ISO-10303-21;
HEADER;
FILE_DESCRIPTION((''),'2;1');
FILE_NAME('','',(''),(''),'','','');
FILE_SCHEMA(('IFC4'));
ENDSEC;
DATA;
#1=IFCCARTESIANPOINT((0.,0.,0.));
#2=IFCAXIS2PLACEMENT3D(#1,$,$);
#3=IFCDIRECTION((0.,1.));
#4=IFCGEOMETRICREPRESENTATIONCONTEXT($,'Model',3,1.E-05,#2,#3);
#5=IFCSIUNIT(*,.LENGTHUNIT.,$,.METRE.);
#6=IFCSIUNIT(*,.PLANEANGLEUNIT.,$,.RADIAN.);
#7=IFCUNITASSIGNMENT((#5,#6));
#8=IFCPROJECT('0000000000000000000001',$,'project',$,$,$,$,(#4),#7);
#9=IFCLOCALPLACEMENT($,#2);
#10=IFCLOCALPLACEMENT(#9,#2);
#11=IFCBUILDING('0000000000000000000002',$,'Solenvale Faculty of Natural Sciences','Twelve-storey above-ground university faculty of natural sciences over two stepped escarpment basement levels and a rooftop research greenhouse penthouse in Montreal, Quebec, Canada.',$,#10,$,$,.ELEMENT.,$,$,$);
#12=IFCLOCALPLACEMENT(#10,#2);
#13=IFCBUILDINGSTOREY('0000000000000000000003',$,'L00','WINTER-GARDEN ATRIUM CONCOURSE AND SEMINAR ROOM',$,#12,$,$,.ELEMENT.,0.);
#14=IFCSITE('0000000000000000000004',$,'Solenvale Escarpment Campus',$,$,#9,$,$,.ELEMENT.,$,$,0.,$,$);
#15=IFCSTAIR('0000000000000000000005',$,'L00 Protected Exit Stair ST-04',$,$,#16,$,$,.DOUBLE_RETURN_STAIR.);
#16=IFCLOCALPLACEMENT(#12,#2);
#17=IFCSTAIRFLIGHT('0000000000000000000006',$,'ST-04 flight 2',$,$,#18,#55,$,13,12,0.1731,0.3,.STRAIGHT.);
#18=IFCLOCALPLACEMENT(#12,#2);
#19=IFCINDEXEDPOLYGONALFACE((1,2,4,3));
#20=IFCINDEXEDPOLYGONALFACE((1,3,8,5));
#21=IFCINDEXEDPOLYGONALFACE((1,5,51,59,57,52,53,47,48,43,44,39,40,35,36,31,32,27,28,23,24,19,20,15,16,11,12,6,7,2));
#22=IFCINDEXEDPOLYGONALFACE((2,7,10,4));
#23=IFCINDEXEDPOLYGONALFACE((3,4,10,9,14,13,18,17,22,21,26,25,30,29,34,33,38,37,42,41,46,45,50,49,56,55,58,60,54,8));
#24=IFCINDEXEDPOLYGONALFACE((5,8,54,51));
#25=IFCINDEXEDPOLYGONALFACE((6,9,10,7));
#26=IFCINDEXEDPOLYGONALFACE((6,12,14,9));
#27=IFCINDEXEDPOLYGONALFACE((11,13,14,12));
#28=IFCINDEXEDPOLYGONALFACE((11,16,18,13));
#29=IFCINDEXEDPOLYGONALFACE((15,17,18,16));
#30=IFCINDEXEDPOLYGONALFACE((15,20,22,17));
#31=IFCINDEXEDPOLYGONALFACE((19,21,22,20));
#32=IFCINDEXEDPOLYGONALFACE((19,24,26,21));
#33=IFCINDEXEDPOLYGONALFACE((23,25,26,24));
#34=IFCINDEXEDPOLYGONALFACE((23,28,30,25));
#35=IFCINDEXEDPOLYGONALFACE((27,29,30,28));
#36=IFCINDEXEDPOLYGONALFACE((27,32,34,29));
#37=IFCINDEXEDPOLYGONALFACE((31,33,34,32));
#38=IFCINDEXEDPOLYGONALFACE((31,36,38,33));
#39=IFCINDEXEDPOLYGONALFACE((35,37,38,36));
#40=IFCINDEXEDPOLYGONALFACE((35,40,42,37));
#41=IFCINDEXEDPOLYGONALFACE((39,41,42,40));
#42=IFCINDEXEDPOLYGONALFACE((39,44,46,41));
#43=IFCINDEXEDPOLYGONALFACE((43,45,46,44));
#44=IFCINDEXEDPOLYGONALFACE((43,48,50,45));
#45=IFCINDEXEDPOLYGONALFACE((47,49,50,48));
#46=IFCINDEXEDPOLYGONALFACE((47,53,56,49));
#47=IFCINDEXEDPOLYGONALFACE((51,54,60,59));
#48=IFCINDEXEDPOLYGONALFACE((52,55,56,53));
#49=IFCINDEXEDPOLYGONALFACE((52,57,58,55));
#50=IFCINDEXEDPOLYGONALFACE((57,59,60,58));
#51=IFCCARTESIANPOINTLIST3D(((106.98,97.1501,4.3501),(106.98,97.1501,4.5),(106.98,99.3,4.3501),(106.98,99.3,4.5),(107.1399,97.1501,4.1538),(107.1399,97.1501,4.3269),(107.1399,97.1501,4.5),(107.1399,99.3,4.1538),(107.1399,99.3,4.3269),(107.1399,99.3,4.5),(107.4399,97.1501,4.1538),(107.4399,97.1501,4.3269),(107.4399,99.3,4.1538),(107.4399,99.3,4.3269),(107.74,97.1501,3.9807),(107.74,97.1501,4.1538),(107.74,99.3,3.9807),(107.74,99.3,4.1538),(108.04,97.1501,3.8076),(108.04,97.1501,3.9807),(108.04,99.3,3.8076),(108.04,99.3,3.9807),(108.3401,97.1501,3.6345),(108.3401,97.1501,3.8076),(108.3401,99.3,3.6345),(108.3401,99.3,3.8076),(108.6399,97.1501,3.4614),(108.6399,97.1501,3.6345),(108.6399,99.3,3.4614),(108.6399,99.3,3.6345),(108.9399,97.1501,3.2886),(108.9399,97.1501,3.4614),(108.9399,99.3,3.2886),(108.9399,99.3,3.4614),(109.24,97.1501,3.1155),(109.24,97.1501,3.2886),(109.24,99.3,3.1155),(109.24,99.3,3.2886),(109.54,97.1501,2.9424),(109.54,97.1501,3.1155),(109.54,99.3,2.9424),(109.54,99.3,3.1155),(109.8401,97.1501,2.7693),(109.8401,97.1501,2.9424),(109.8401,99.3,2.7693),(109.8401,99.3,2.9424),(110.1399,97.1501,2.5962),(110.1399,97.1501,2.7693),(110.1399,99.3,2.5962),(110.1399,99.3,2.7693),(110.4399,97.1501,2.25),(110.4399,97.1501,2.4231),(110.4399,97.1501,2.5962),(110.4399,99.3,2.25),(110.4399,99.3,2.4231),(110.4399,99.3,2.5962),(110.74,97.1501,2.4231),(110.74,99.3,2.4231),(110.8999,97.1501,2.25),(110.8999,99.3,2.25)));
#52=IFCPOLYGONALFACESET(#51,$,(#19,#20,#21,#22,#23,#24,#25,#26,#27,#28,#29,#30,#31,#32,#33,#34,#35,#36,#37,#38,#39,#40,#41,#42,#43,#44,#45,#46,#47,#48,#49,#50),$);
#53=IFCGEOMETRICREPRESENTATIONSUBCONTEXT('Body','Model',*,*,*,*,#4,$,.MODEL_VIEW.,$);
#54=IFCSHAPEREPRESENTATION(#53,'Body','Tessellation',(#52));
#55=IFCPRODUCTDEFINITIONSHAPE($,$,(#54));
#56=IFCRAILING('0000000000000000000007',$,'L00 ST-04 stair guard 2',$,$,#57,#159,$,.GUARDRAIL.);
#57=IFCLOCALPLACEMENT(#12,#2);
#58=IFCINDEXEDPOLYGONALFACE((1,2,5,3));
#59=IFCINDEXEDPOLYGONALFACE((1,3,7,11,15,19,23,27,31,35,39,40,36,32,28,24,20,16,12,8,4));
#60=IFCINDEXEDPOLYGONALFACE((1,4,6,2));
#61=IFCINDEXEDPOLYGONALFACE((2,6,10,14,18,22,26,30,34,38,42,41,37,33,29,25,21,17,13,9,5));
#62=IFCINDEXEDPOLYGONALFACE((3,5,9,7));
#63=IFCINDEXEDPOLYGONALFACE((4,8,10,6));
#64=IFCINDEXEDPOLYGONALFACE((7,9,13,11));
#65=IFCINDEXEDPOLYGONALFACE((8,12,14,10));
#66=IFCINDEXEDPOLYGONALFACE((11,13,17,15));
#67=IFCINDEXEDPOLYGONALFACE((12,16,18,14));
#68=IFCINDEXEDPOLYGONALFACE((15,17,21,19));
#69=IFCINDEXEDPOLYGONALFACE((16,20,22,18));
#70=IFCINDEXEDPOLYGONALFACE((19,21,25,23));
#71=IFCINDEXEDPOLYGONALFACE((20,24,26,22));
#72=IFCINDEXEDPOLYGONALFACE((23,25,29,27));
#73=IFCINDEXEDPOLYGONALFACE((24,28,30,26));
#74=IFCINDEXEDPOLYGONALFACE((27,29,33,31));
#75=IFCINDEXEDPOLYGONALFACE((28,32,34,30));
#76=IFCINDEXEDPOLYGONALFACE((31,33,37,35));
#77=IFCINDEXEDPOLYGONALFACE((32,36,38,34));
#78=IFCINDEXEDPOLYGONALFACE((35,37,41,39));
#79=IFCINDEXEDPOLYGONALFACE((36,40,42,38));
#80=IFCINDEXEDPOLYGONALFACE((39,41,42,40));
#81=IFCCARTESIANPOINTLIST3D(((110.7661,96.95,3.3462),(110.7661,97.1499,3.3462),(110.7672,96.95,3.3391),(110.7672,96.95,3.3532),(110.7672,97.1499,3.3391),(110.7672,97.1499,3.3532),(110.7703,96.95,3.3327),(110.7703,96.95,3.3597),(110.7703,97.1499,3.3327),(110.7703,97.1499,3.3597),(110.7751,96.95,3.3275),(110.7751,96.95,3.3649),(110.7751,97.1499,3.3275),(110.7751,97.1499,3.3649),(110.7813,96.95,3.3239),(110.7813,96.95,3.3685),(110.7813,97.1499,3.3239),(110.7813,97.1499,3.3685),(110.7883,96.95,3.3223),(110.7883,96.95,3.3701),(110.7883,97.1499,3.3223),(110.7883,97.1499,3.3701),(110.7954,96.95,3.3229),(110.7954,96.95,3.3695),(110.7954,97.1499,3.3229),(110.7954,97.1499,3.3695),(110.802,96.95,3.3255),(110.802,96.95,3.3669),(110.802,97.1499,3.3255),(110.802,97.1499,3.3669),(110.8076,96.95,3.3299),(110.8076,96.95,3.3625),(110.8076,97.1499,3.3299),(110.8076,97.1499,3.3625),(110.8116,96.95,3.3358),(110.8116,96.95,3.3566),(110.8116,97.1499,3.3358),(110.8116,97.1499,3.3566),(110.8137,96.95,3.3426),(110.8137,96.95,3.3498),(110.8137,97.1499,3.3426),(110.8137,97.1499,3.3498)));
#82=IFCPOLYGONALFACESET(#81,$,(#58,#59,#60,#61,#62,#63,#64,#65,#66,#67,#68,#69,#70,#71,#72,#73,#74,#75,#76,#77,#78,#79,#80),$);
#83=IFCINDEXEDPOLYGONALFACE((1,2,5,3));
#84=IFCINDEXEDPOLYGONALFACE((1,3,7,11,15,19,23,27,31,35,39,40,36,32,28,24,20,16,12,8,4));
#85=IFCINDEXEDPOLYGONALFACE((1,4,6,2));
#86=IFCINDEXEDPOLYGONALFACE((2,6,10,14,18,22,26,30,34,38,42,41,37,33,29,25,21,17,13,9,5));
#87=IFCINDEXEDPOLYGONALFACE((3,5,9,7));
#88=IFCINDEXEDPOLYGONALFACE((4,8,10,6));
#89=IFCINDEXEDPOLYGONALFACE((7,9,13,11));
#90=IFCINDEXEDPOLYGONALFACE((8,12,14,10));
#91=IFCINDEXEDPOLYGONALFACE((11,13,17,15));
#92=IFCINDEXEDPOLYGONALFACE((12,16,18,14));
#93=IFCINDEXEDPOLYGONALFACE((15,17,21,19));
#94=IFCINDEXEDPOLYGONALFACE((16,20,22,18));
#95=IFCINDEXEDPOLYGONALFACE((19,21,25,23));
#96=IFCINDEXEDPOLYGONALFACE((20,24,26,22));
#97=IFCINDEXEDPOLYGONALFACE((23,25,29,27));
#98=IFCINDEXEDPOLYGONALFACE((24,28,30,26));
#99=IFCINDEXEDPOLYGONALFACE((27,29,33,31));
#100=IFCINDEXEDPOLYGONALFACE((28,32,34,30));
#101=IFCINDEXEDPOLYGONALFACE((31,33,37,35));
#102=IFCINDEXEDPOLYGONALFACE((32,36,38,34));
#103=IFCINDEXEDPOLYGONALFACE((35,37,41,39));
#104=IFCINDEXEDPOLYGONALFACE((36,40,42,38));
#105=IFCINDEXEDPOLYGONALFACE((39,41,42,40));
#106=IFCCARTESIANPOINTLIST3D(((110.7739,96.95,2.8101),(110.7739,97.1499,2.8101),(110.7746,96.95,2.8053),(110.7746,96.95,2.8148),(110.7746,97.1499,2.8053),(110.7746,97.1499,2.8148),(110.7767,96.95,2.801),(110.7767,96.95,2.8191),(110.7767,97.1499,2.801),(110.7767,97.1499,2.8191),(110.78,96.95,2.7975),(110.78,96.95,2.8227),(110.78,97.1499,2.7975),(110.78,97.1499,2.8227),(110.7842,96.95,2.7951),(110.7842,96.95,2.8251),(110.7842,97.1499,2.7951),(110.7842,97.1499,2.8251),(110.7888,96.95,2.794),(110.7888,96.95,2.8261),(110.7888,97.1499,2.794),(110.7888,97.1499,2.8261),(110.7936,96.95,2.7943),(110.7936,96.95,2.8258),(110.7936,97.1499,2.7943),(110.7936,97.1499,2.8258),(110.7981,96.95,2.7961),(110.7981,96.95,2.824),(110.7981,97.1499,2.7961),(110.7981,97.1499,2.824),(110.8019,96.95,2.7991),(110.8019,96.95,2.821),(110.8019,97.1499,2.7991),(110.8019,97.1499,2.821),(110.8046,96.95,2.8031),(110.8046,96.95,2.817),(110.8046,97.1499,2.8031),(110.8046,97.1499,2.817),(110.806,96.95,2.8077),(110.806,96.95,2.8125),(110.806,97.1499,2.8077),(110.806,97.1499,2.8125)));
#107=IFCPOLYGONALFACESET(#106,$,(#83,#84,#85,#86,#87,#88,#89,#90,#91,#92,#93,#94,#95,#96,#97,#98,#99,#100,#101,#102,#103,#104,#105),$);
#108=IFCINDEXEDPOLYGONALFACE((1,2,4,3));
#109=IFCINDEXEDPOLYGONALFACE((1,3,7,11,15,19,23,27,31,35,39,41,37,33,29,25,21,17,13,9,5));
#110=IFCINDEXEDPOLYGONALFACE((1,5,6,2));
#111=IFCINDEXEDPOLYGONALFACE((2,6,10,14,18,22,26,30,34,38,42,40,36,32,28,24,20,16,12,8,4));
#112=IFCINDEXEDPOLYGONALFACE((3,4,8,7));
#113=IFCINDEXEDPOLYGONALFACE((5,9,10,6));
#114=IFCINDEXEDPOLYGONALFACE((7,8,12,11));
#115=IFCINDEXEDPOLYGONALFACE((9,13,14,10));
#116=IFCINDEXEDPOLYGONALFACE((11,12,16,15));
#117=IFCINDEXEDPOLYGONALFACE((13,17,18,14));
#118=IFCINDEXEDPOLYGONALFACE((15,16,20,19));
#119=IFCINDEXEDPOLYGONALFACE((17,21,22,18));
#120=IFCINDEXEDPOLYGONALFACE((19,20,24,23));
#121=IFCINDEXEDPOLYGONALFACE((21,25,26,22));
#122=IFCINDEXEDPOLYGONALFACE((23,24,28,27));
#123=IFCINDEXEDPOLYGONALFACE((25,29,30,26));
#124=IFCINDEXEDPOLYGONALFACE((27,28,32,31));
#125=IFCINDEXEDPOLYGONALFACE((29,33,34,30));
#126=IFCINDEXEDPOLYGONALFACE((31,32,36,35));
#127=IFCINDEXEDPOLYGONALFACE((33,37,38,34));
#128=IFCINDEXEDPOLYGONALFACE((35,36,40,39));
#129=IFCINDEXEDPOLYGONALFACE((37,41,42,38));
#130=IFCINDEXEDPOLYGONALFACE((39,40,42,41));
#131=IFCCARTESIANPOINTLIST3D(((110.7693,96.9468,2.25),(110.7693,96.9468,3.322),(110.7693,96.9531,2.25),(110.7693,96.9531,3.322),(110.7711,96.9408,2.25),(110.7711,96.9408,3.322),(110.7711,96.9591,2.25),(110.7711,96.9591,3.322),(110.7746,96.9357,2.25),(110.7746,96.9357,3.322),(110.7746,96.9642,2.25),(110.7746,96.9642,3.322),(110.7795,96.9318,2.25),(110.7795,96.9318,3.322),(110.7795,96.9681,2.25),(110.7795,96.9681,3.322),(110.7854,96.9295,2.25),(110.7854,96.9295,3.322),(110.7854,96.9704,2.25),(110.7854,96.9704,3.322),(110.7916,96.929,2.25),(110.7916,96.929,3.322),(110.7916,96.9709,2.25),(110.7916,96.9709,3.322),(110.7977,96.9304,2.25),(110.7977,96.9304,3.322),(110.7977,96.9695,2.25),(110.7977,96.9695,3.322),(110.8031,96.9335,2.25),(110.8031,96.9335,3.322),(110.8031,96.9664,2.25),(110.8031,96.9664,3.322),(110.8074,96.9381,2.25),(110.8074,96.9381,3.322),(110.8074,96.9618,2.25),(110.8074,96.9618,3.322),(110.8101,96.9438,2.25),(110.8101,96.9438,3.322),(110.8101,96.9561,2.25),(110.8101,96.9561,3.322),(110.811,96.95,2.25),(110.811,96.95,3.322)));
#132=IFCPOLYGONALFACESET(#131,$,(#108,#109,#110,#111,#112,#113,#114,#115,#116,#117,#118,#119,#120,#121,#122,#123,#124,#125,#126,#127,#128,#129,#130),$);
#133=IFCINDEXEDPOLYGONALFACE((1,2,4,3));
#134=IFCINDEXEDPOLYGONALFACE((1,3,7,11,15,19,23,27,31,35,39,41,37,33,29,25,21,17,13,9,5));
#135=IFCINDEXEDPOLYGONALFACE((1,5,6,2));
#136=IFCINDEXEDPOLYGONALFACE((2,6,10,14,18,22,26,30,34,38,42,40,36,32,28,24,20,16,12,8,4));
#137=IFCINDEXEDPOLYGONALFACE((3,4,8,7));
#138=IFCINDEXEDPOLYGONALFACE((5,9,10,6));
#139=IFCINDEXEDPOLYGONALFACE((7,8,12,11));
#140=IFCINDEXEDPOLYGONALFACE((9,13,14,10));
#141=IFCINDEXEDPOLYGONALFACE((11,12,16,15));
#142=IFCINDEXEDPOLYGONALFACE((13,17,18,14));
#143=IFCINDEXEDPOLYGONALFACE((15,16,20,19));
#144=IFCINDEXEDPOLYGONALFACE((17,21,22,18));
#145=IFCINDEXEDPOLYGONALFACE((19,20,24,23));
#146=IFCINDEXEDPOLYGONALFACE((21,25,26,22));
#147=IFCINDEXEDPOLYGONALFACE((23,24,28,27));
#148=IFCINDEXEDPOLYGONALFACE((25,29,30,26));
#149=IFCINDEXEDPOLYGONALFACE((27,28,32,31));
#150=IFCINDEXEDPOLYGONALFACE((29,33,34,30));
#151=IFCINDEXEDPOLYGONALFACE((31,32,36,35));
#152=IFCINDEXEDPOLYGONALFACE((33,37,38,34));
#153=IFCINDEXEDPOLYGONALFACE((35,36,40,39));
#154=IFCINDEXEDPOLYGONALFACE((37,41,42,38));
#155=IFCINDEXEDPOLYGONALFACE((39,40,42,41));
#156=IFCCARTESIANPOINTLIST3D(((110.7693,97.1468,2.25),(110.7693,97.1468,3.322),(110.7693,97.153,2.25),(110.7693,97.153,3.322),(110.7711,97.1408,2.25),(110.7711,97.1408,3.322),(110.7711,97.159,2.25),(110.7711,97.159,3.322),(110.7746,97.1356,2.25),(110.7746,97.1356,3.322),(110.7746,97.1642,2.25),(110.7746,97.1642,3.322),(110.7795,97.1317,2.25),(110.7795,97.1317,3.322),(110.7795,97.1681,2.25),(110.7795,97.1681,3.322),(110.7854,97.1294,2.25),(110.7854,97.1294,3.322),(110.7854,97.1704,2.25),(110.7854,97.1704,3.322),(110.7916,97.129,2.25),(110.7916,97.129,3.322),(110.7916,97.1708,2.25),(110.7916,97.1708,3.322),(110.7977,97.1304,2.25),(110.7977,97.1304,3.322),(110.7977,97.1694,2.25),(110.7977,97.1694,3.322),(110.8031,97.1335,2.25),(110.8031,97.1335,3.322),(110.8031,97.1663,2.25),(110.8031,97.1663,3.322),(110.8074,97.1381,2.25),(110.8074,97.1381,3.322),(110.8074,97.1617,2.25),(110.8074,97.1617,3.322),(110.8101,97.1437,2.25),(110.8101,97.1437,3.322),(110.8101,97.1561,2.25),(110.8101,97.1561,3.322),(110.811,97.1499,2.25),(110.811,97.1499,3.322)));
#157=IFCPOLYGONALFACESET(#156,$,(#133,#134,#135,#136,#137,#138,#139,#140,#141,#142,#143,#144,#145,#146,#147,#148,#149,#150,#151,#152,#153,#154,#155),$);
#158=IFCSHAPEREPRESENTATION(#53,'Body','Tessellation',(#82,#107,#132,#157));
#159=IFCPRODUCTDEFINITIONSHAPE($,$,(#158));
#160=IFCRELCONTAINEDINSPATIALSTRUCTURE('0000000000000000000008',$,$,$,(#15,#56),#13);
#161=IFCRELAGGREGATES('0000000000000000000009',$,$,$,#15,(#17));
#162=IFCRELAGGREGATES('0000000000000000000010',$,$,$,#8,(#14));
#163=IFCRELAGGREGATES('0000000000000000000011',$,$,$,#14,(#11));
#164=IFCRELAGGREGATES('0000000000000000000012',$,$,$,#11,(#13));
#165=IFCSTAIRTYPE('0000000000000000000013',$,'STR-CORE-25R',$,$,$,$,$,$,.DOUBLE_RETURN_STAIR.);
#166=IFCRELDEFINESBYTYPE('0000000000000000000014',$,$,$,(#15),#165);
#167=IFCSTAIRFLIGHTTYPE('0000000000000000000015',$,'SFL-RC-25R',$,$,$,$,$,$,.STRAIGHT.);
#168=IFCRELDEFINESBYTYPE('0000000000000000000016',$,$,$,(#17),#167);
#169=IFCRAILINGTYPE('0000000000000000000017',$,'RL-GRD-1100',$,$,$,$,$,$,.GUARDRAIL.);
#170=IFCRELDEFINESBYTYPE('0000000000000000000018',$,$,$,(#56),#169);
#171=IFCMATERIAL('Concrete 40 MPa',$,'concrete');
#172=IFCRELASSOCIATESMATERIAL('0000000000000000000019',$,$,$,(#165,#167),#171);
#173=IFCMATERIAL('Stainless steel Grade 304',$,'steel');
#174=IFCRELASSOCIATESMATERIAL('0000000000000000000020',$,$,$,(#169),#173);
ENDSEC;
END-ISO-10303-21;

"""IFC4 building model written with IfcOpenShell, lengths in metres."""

from ifc_helpers import new_model, si_unit, direction, frame, origin, origin_2d, place, context, subcontext, project, spatial, polyline, circle, outline, extrude, material, type_object, element, aggregate, save


model = new_model("IFC4")

# Units and contexts
model_context = context("Model", 3, precision=1e-05, world=origin(), true_north=direction((0.0, 1.0)))
body_context = subcontext(model_context, "Body", "Model", "MODEL_VIEW")
ifc_project = project(units=[si_unit("LENGTHUNIT", "METRE"), si_unit("PLANEANGLEUNIT", "RADIAN")], contexts=[model_context])

# Site, building, storey
site_placement = place(None, origin())
site = spatial("IfcSite", under=ifc_project, at=site_placement, Name="Solenvale Escarpment Campus", CompositionType="ELEMENT", RefElevation=0.0)
building_placement = place(site_placement, origin())
building = spatial("IfcBuilding", under=site, at=building_placement, Name="Solenvale Faculty of Natural Sciences", Description="Twelve-storey above-ground university faculty of natural sciences over two stepped escarpment basement levels and a rooftop research greenhouse penthouse in Montreal, Quebec, Canada.", CompositionType="ELEMENT")
storey_placement = place(building_placement, origin())
storey = spatial("IfcBuildingStorey", under=building, at=storey_placement, Name="L00", Description="WINTER-GARDEN ATRIUM CONCOURSE AND SEMINAR ROOM", CompositionType="ELEMENT", Elevation=0.0)

# Shared definitions
ifc_material_1 = material(Name="Concrete 40 MPa", Category="concrete")

# Stair, stair flight
stair_type = type_object("IfcStairType", Name="STR-CORE-25R", PredefinedType="DOUBLE_RETURN_STAIR", material=ifc_material_1)
stair_placement = place(storey_placement, origin())
stair = element("IfcStair", 1, at=stair_placement, inside=storey, type_object=stair_type, Name="L00 Protected Exit Stair ST-04", PredefinedType="DOUBLE_RETURN_STAIR")
stair_flight_type = type_object("IfcStairFlightType", Name="SFL-RC-25R", PredefinedType="STRAIGHT", material=ifc_material_1)
stair_flight_placement = place(storey_placement, frame((110.74, 98.2251, 2.25), z_axis=(0.0, 0.0, 1.0), x_axis=(-1.0, 0.0, 0.0)))
stair_flight = element("IfcStairFlight", 2, at=stair_flight_placement, type_object=stair_flight_type, Name="ST-04 flight 2", NumberOfRisers=13, NumberOfTreads=12, PredefinedType="STRAIGHT", RiserHeight=0.1731, TreadLength=0.3, context=body_context, shape_type="SweptSolid", body=[
    extrude(outline(polyline([(-0.1599, 0.0), (0.0, 0.1731), (0.3, 0.1731), (0.3, 0.3462), (0.6001, 0.3462), (0.6001, 0.5193), (0.8999, 0.5193), (0.8999, 0.6924), (1.2, 0.6924), (1.2, 0.8655), (1.5, 0.8655), (1.5, 1.0386), (1.8, 1.0386), (1.8, 1.2114), (2.1001, 1.2114), (2.1001, 1.3845), (2.3999, 1.3845), (2.3999, 1.5576), (2.7, 1.5576), (2.7, 1.7307), (3.0, 1.7307), (3.0, 1.9038), (3.3, 1.9038), (3.3, 2.0769), (3.6001, 2.0769), (3.6001, 2.25), (3.76, 2.25), (3.76, 2.1001), (3.6001, 1.9038), (0.3, 0.0), (-0.1599, 0.0)])), frame((0.0, 1.075, 0.0), z_axis=(0.0, -1.0, 0.0), x_axis=(1.0, 0.0, 0.0)), (0.0, 0.0, 1.0), 2.1499),
])
aggregate(stair, [stair_flight])

# Railing
ifc_material_2 = material(Name="Stainless steel Grade 304", Category="steel")
railing_type_1 = type_object("IfcRailingType", Name="RL-GRD-1100", PredefinedType="GUARDRAIL", material=ifc_material_2)
railing_1_placement = place(storey_placement, frame((110.79, 96.95, 2.25)))
element("IfcRailing", 3, at=railing_1_placement, inside=storey, type_object=railing_type_1, Name="L00 ST-04 stair guard 2", PredefinedType="GUARDRAIL", context=body_context, shape_type="SweptSolid", body=[
    extrude(circle(Radius=0.0239, at=origin_2d()), frame((0.0, 0.0, 1.0962), z_axis=(0.0, 1.0, 0.0), x_axis=(-1.0, 0.0, 0.0)), (0.0, 0.0, 1.0), 0.2),
    extrude(circle(Radius=0.0161, at=origin_2d()), frame((0.0, 0.0, 0.5601), z_axis=(0.0, 1.0, 0.0), x_axis=(-1.0, 0.0, 0.0)), (0.0, 0.0, 1.0), 0.2),
    extrude(circle(Radius=0.021, at=origin_2d()), origin(), (0.0, 0.0, 1.0), 1.072),
    extrude(circle(Radius=0.021, at=origin_2d()), frame((0.0, 0.2, 0.0)), (0.0, 0.0, 1.0), 1.072),
])

save(model, "model.ifc")
